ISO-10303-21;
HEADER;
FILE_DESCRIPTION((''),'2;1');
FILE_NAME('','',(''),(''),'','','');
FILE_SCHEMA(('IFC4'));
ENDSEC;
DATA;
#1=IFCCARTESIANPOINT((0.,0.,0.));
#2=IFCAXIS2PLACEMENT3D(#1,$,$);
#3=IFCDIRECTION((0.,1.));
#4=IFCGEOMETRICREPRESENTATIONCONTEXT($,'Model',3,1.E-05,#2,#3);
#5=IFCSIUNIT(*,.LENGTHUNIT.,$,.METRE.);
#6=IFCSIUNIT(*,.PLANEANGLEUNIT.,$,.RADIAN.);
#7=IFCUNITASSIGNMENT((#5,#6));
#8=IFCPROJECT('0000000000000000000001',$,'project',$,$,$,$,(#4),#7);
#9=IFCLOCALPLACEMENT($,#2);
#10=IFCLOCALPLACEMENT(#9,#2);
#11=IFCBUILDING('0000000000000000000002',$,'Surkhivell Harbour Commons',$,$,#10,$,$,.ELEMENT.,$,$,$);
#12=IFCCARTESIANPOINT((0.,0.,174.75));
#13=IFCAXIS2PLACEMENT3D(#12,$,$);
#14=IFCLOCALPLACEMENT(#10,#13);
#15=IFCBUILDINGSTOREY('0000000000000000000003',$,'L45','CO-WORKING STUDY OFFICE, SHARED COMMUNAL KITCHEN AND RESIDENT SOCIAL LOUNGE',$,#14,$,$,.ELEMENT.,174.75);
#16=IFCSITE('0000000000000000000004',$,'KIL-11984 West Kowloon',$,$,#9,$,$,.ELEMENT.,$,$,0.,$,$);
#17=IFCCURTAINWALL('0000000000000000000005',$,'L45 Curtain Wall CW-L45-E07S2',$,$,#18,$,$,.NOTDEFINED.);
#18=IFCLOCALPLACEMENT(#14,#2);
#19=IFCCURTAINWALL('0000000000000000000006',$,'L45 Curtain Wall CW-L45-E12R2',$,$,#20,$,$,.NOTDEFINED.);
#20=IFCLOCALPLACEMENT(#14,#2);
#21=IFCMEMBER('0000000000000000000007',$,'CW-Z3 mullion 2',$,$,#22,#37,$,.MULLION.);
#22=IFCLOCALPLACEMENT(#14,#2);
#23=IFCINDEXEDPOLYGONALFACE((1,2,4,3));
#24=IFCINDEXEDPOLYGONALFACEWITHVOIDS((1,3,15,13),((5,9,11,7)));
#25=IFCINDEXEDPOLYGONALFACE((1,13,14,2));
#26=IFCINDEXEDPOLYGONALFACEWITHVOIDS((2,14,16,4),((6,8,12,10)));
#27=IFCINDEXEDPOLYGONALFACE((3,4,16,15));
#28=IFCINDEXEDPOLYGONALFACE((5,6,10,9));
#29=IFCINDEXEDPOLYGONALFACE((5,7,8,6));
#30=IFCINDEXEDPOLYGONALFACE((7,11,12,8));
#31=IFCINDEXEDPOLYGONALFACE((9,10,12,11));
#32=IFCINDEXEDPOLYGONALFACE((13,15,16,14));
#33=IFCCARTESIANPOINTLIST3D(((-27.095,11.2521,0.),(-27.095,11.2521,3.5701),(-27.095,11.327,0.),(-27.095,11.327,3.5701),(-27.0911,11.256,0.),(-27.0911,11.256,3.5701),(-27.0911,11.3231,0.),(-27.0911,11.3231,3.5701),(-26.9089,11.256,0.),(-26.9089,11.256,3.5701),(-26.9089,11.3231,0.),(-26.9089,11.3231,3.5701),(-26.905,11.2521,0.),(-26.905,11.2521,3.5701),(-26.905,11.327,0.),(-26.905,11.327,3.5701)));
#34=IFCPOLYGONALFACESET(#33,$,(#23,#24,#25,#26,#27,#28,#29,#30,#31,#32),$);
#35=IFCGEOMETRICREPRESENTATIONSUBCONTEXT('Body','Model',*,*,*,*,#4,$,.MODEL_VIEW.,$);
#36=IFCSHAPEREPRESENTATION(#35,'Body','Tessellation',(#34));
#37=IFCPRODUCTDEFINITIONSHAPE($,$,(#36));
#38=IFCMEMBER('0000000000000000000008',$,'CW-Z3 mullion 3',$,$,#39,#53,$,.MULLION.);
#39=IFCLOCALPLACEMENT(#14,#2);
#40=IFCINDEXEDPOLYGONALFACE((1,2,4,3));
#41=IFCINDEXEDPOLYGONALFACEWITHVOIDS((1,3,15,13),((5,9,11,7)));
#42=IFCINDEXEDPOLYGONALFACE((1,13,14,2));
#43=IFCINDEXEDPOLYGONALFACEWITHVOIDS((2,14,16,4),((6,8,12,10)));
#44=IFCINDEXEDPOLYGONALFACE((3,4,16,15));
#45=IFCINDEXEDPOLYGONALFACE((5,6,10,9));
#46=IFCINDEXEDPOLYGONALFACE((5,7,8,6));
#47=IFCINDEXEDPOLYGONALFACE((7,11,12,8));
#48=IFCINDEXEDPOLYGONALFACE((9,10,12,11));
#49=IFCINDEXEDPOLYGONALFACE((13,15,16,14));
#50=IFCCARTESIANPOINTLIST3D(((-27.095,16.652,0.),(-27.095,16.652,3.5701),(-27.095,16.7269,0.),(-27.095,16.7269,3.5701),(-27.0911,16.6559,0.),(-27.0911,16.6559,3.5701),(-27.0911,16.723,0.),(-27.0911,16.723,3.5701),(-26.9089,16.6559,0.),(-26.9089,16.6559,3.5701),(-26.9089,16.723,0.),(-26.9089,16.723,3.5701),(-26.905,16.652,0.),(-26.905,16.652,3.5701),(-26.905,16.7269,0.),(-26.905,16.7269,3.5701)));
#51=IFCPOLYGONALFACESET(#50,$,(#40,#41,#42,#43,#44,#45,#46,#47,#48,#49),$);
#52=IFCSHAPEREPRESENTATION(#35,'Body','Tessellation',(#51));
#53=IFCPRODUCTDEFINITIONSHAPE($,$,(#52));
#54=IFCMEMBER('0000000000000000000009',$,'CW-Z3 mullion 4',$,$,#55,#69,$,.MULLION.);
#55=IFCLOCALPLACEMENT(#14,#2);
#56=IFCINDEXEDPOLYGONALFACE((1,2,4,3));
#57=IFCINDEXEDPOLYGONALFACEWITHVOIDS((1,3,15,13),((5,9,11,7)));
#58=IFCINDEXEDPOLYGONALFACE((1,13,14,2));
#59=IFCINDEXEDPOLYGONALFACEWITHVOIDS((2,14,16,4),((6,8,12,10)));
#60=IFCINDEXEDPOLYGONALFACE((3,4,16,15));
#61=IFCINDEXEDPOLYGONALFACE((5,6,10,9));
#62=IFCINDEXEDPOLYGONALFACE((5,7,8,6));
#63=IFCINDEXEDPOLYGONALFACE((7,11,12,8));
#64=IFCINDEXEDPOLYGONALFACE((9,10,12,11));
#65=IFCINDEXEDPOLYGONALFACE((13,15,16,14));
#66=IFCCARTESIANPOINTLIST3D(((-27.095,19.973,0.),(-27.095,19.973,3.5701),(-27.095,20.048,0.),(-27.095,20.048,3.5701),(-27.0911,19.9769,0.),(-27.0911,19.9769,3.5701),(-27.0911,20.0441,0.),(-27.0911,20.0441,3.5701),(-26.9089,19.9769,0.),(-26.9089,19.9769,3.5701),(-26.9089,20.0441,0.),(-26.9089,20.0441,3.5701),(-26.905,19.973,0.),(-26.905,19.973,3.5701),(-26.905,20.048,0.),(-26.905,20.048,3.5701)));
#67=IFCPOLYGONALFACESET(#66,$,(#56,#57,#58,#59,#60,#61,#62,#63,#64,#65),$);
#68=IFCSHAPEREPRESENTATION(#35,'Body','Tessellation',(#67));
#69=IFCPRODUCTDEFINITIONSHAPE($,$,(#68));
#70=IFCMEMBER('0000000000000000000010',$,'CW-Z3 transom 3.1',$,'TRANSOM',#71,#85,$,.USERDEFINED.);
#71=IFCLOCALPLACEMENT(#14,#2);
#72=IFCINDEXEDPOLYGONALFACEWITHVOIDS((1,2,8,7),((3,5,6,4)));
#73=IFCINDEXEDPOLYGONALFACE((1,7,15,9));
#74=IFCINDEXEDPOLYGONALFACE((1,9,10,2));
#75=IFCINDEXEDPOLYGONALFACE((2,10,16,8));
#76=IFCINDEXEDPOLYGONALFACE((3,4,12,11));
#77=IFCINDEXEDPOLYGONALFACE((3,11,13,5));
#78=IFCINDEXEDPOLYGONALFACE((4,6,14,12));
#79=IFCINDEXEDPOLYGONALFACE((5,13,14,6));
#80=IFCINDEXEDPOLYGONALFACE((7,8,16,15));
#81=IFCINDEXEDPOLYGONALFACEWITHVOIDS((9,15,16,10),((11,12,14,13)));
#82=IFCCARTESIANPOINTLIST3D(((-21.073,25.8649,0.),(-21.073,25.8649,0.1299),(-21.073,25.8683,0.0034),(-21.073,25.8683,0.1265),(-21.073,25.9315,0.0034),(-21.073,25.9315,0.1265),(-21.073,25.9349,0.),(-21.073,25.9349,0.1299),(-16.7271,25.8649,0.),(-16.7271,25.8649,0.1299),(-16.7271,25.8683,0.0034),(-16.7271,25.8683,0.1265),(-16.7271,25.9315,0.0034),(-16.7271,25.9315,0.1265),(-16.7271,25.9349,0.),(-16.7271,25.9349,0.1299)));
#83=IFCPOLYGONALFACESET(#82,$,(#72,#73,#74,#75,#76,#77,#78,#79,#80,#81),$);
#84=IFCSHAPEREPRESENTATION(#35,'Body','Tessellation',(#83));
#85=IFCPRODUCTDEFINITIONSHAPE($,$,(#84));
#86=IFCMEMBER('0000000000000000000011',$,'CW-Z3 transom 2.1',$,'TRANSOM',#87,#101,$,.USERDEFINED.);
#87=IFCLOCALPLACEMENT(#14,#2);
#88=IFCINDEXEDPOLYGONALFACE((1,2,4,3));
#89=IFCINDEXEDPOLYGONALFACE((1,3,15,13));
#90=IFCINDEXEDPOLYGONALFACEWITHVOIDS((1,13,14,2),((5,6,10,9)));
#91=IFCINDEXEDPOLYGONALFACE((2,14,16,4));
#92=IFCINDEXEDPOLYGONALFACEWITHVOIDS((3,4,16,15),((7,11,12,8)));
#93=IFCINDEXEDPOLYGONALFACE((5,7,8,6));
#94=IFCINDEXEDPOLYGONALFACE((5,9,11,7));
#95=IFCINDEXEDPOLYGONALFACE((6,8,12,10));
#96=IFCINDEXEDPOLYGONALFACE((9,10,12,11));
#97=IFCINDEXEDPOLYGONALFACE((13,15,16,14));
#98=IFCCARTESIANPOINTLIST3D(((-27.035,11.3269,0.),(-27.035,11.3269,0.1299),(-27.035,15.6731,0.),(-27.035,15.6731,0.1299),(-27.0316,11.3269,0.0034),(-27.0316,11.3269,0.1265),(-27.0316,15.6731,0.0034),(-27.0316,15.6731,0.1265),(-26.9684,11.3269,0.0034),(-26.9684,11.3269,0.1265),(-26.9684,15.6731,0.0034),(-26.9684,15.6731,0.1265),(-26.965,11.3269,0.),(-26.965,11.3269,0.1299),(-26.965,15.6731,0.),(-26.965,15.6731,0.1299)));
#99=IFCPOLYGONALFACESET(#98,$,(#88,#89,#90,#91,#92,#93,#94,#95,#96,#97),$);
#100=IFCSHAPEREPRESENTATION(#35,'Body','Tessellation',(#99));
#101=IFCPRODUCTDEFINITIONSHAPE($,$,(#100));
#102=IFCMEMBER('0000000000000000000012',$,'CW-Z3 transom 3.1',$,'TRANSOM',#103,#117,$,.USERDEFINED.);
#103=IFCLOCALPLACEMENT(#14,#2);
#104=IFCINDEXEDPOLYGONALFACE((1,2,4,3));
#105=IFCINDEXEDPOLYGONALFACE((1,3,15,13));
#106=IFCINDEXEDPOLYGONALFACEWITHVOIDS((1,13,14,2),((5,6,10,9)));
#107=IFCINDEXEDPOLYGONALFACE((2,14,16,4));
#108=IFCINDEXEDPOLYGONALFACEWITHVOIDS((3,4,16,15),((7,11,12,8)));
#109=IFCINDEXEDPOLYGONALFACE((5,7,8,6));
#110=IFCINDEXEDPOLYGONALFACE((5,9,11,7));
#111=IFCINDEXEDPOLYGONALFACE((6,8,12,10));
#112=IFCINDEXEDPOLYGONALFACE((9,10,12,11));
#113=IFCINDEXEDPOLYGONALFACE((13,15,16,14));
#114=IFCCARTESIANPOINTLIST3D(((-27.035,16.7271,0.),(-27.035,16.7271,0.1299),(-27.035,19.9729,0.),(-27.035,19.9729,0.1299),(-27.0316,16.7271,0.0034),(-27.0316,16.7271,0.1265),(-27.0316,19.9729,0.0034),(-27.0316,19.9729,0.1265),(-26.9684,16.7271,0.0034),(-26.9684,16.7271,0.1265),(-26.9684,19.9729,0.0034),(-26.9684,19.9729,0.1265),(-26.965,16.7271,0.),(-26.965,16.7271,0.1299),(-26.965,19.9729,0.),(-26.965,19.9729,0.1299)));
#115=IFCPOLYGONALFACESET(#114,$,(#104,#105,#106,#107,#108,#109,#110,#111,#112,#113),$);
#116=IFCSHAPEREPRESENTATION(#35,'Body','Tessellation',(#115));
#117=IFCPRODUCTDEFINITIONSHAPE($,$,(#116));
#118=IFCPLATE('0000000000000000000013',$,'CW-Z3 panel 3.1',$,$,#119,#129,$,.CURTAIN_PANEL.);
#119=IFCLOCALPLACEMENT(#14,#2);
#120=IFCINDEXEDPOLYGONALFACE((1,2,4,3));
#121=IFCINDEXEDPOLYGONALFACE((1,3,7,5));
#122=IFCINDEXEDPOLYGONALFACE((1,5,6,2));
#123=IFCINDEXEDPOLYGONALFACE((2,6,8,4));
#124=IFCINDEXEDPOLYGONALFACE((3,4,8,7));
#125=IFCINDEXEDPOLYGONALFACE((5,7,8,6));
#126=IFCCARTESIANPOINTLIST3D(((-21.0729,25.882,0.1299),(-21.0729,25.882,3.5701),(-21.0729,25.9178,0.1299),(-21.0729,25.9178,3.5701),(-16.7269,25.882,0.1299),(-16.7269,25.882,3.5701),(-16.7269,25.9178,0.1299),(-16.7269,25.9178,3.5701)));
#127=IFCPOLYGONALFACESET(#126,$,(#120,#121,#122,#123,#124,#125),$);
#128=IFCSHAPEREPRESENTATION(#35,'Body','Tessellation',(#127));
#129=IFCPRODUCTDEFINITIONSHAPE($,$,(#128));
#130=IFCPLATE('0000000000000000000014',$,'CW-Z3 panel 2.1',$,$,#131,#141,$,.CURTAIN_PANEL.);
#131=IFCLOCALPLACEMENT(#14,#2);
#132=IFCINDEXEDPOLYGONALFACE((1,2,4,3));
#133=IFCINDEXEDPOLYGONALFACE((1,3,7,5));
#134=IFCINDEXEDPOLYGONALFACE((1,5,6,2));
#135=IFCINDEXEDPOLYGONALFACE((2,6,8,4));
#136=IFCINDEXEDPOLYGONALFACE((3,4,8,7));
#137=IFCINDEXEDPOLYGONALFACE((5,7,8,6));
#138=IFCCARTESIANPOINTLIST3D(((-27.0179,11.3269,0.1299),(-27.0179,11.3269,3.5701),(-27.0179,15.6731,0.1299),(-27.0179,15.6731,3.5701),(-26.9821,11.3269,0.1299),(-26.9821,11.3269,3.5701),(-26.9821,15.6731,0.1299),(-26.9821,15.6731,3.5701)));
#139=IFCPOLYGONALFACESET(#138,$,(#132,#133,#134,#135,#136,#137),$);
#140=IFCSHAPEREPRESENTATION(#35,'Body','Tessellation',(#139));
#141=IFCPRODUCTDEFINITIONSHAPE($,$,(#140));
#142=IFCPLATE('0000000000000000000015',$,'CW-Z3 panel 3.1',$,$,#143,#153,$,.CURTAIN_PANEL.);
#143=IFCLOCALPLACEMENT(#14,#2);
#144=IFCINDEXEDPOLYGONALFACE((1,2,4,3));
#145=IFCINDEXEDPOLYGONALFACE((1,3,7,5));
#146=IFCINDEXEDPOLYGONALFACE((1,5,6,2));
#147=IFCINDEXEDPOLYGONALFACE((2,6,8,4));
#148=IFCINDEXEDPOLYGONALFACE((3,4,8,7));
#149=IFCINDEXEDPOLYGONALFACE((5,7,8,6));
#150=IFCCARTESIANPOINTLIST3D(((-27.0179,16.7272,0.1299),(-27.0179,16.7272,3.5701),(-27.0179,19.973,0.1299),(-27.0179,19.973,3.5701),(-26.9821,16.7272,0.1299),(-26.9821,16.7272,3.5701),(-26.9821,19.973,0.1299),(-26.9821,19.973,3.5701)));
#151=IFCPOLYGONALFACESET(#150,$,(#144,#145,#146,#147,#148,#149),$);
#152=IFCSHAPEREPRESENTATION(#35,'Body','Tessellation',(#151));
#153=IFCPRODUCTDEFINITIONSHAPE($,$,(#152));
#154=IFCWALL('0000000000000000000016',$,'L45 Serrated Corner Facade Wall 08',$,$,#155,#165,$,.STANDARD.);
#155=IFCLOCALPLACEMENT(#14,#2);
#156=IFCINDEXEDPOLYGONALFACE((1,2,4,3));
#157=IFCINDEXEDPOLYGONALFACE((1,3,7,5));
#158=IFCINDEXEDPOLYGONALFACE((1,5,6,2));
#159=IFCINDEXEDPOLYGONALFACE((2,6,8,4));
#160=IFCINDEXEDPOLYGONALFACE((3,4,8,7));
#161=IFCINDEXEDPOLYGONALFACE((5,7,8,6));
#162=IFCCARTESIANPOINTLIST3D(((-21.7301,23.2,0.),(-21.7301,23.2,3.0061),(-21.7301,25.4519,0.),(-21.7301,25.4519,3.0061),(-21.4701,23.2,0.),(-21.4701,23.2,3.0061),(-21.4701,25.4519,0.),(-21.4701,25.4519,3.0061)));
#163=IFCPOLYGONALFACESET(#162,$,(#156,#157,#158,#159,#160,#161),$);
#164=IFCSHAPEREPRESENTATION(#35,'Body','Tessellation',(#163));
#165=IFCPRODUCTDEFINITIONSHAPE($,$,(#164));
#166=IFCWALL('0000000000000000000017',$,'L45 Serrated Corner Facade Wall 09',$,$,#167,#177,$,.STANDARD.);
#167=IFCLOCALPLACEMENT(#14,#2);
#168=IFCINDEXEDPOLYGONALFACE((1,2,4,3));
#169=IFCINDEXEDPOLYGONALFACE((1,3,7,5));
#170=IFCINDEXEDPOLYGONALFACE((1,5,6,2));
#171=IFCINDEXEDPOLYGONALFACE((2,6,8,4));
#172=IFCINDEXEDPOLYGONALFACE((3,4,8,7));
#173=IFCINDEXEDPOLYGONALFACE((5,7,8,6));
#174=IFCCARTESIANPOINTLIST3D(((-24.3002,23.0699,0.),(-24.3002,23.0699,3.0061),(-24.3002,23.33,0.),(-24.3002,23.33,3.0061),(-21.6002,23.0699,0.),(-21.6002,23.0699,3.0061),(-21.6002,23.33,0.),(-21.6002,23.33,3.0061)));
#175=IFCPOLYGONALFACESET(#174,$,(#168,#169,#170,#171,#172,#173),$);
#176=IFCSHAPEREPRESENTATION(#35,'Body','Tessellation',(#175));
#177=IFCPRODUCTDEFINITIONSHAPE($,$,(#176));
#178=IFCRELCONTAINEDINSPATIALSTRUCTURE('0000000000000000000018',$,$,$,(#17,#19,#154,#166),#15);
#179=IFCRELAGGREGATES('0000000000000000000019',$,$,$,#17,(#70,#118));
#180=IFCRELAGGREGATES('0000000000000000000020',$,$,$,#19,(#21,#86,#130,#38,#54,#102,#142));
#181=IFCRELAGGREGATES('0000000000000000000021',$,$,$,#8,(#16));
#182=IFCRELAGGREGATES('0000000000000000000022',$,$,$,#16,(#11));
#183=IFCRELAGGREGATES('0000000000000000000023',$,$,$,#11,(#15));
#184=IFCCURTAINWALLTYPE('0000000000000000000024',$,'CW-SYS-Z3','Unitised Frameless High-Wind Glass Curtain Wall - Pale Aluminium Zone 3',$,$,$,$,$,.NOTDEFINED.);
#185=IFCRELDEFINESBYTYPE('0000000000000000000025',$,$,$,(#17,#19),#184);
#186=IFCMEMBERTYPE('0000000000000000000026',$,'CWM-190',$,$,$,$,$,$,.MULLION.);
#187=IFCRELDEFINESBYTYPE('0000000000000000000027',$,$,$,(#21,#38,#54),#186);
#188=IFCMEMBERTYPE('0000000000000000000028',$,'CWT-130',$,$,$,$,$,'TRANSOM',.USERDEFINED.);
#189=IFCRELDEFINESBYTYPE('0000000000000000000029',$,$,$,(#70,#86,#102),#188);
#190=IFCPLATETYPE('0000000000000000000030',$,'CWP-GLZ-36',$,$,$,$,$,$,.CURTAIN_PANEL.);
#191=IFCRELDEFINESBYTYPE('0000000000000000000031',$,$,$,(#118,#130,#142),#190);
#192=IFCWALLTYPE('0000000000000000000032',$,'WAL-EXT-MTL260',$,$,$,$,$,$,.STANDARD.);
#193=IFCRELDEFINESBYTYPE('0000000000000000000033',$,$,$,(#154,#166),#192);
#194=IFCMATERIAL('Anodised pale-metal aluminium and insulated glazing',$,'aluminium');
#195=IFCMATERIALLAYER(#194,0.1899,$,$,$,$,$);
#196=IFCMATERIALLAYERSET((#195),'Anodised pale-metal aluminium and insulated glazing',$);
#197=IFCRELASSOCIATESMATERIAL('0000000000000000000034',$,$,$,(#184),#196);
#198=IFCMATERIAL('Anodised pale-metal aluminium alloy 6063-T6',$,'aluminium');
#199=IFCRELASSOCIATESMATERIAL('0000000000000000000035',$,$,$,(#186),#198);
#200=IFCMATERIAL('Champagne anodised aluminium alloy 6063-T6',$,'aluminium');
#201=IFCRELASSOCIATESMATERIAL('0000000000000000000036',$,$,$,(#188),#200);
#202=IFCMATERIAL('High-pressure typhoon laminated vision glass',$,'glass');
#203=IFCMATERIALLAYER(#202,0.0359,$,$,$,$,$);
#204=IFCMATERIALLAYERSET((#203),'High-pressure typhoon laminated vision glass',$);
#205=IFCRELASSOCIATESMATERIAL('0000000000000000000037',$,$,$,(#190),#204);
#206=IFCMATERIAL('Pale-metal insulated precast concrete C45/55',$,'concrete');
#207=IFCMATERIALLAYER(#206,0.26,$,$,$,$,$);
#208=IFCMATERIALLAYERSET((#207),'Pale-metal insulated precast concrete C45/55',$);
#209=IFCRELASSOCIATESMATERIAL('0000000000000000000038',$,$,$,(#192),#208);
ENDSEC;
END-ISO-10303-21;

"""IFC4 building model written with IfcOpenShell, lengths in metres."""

from ifc_helpers import new_model, si_unit, direction, frame, frame_2d, origin, origin_2d, place, context, subcontext, project, spatial, rectangle, hollow_rectangle, extrude, material, layer, layer_set, material_profile, profile_set, type_object, element, aggregate, save


model = new_model("IFC4")

# Units and contexts
model_context = context("Model", 3, precision=1e-05, world=origin(), true_north=direction((0.0, 1.0)))
body_context = subcontext(model_context, "Body", "Model", "MODEL_VIEW")
ifc_project = project(units=[si_unit("LENGTHUNIT", "METRE"), si_unit("PLANEANGLEUNIT", "RADIAN")], contexts=[model_context])

# Site, building, storey
site_placement = place(None, origin())
site = spatial("IfcSite", under=ifc_project, at=site_placement, Name="KIL-11984 West Kowloon", CompositionType="ELEMENT", RefElevation=0.0)
building_placement = place(site_placement, origin())
building = spatial("IfcBuilding", under=site, at=building_placement, Name="Surkhivell Harbour Commons", CompositionType="ELEMENT")
storey_placement = place(building_placement, frame((0.0, 0.0, 174.75)))
storey = spatial("IfcBuildingStorey", under=building, at=storey_placement, Name="L45", Description="CO-WORKING STUDY OFFICE, SHARED COMMUNAL KITCHEN AND RESIDENT SOCIAL LOUNGE", CompositionType="ELEMENT", Elevation=174.75)

# Curtain walls, members
ifc_material_1 = material(Name="Anodised pale-metal aluminium and insulated glazing", Category="aluminium")
ifc_layer_1 = layer(ifc_material_1, 0.1899)
ifc_layer_set_1 = layer_set([ifc_layer_1], Name="Anodised pale-metal aluminium and insulated glazing")
curtain_wall_type = type_object("IfcCurtainWallType", Name="CW-SYS-Z3", Description="Unitised Frameless High-Wind Glass Curtain Wall - Pale Aluminium Zone 3", PredefinedType="NOTDEFINED", material=ifc_layer_set_1)
curtain_wall_1_placement = place(storey_placement, origin())
curtain_wall_1 = element("IfcCurtainWall", 1, at=curtain_wall_1_placement, inside=storey, type_object=curtain_wall_type, Name="L45 Curtain Wall CW-L45-E07S2", PredefinedType="NOTDEFINED")
ifc_material_2 = material(Name="Anodised pale-metal aluminium alloy 6063-T6", Category="aluminium")
ifc_material_profile_1 = material_profile(ifc_material_2, hollow_rectangle(XDim=0.075, YDim=0.1899, WallThickness=0.0039, at=origin_2d()), Name="ALU-MULL-75x190")
ifc_profile_set_1 = profile_set([ifc_material_profile_1], Name="Anodised pale-metal aluminium alloy 6063-T6")
member_type_1 = type_object("IfcMemberType", Name="CWM-190", PredefinedType="MULLION", material=ifc_profile_set_1)
curtain_wall_2_placement = place(storey_placement, origin())
curtain_wall_2 = element("IfcCurtainWall", 2, at=curtain_wall_2_placement, inside=storey, type_object=curtain_wall_type, Name="L45 Curtain Wall CW-L45-E12R2", PredefinedType="NOTDEFINED")
member_1_placement = place(storey_placement, frame((-27.0, 11.2896, 0.0), z_axis=(0.0, 0.0, 1.0), x_axis=(0.0, 1.0, 0.0)))
member_1 = element("IfcMember", 3, at=member_1_placement, type_object=member_type_1, Name="CW-Z3 mullion 2", PredefinedType="MULLION", context=body_context, shape_type="SweptSolid", body=[
    extrude(hollow_rectangle(XDim=0.075, YDim=0.1899, WallThickness=0.0039, at=origin_2d()), origin(), (0.0, 0.0, 1.0), 3.5701),
])
member_2_placement = place(storey_placement, frame((-27.0, 16.6895, 0.0), z_axis=(0.0, 0.0, 1.0), x_axis=(0.0, 1.0, 0.0)))
member_2 = element("IfcMember", 4, at=member_2_placement, type_object=member_type_1, Name="CW-Z3 mullion 3", PredefinedType="MULLION", context=body_context, shape_type="SweptSolid", body=[
    extrude(hollow_rectangle(XDim=0.075, YDim=0.1899, WallThickness=0.0039, at=origin_2d()), origin(), (0.0, 0.0, 1.0), 3.5701),
])
member_3_placement = place(storey_placement, frame((-27.0, 20.0105, 0.0), z_axis=(0.0, 0.0, 1.0), x_axis=(0.0, 1.0, 0.0)))
member_3 = element("IfcMember", 5, at=member_3_placement, type_object=member_type_1, Name="CW-Z3 mullion 4", PredefinedType="MULLION", context=body_context, shape_type="SweptSolid", body=[
    extrude(hollow_rectangle(XDim=0.075, YDim=0.1899, WallThickness=0.0039, at=origin_2d()), origin(), (0.0, 0.0, 1.0), 3.5701),
])

# Members
ifc_material_3 = material(Name="Champagne anodised aluminium alloy 6063-T6", Category="aluminium")
ifc_material_profile_2 = material_profile(ifc_material_3, hollow_rectangle(XDim=0.0701, YDim=0.1299, WallThickness=0.0034, at=origin_2d()), Name="ALU-TRAN-70x130")
ifc_profile_set_2 = profile_set([ifc_material_profile_2], Name="Champagne anodised aluminium alloy 6063-T6")
member_type_2 = type_object("IfcMemberType", Name="CWT-130", ElementType="TRANSOM", PredefinedType="USERDEFINED", material=ifc_profile_set_2)
member_4_placement = place(storey_placement, frame((-16.7271, 25.8999, 0.0649), z_axis=(-1.0, 0.0, 0.0), x_axis=(0.0, -1.0, 0.0)))
member_4 = element("IfcMember", 6, at=member_4_placement, type_object=member_type_2, Name="CW-Z3 transom 3.1", ObjectType="TRANSOM", PredefinedType="USERDEFINED", context=body_context, shape_type="SweptSolid", body=[
    extrude(hollow_rectangle(XDim=0.0701, YDim=0.1299, WallThickness=0.0034, at=origin_2d()), origin(), (0.0, 0.0, 1.0), 4.3459),
])
member_5_placement = place(storey_placement, frame((-27.0, 11.3269, 0.0649), z_axis=(0.0, 1.0, 0.0), x_axis=(-1.0, 0.0, 0.0)))
member_5 = element("IfcMember", 7, at=member_5_placement, type_object=member_type_2, Name="CW-Z3 transom 2.1", ObjectType="TRANSOM", PredefinedType="USERDEFINED", context=body_context, shape_type="SweptSolid", body=[
    extrude(hollow_rectangle(XDim=0.0701, YDim=0.1299, WallThickness=0.0034, at=origin_2d()), origin(), (0.0, 0.0, 1.0), 4.3462),
])
member_6_placement = place(storey_placement, frame((-27.0, 16.7271, 0.0649), z_axis=(0.0, 1.0, 0.0), x_axis=(-1.0, 0.0, 0.0)))
member_6 = element("IfcMember", 8, at=member_6_placement, type_object=member_type_2, Name="CW-Z3 transom 3.1", ObjectType="TRANSOM", PredefinedType="USERDEFINED", context=body_context, shape_type="SweptSolid", body=[
    extrude(hollow_rectangle(XDim=0.0701, YDim=0.1299, WallThickness=0.0034, at=origin_2d()), origin(), (0.0, 0.0, 1.0), 3.2458),
])

# Plates
ifc_material_4 = material(Name="High-pressure typhoon laminated vision glass", Category="glass")
ifc_layer_2 = layer(ifc_material_4, 0.0359)
ifc_layer_set_2 = layer_set([ifc_layer_2], Name="High-pressure typhoon laminated vision glass")
plate_type = type_object("IfcPlateType", Name="CWP-GLZ-36", PredefinedType="CURTAIN_PANEL", material=ifc_layer_set_2)
plate_1_placement = place(storey_placement, frame((-16.7271, 25.8999, 0.1299), z_axis=(0.0, 0.0, 1.0), x_axis=(-1.0, 0.0, 0.0)))
plate_1 = element("IfcPlate", 9, at=plate_1_placement, type_object=plate_type, Name="CW-Z3 panel 3.1", PredefinedType="CURTAIN_PANEL", context=body_context, shape_type="SweptSolid", body=[
    extrude(rectangle(XDim=4.3459, YDim=0.0359, at=frame_2d((2.1729, 0.0))), origin(), (0.0, 0.0, 1.0), 3.4402),
])
aggregate(curtain_wall_1, [member_4, plate_1])
plate_2_placement = place(storey_placement, frame((-27.0, 11.3269, 0.1299), z_axis=(0.0, 0.0, 1.0), x_axis=(0.0, 1.0, 0.0)))
plate_2 = element("IfcPlate", 10, at=plate_2_placement, type_object=plate_type, Name="CW-Z3 panel 2.1", PredefinedType="CURTAIN_PANEL", context=body_context, shape_type="SweptSolid", body=[
    extrude(rectangle(XDim=4.3462, YDim=0.0359, at=frame_2d((2.1731, 0.0))), origin(), (0.0, 0.0, 1.0), 3.4402),
])
plate_3_placement = place(storey_placement, frame((-27.0, 16.7271, 0.1299), z_axis=(0.0, 0.0, 1.0), x_axis=(0.0, 1.0, 0.0)))
plate_3 = element("IfcPlate", 11, at=plate_3_placement, type_object=plate_type, Name="CW-Z3 panel 3.1", PredefinedType="CURTAIN_PANEL", context=body_context, shape_type="SweptSolid", body=[
    extrude(rectangle(XDim=3.2458, YDim=0.0359, at=frame_2d((1.623, 0.0))), origin(), (0.0, 0.0, 1.0), 3.4402),
])
aggregate(curtain_wall_2, [member_1, member_5, plate_2, member_2, member_3, member_6, plate_3])

# Walls
ifc_material_5 = material(Name="Pale-metal insulated precast concrete C45/55", Category="concrete")
ifc_layer_3 = layer(ifc_material_5, 0.26)
ifc_layer_set_3 = layer_set([ifc_layer_3], Name="Pale-metal insulated precast concrete C45/55")
wall_type = type_object("IfcWallType", Name="WAL-EXT-MTL260", PredefinedType="STANDARD", material=ifc_layer_set_3)
wall_1_placement = place(storey_placement, frame((-21.6001, 25.4519, 0.0), z_axis=(0.0, 0.0, 1.0), x_axis=(0.0, -1.0, 0.0)))
element("IfcWall", 12, at=wall_1_placement, inside=storey, type_object=wall_type, Name="L45 Serrated Corner Facade Wall 08", PredefinedType="STANDARD", context=body_context, shape_type="SweptSolid", body=[
    extrude(rectangle(XDim=2.252, YDim=0.26, at=frame_2d((1.126, 0.0))), origin(), (0.0, 0.0, 1.0), 3.0061),
])
wall_2_placement = place(storey_placement, frame((-21.6001, 23.2, 0.0), z_axis=(0.0, 0.0, 1.0), x_axis=(-1.0, 0.0, 0.0)))
element("IfcWall", 13, at=wall_2_placement, inside=storey, type_object=wall_type, Name="L45 Serrated Corner Facade Wall 09", PredefinedType="STANDARD", context=body_context, shape_type="SweptSolid", body=[
    extrude(rectangle(XDim=2.7, YDim=0.26, at=frame_2d((1.3501, 0.0))), origin(), (0.0, 0.0, 1.0), 3.0061),
])

save(model, "model.ifc")
